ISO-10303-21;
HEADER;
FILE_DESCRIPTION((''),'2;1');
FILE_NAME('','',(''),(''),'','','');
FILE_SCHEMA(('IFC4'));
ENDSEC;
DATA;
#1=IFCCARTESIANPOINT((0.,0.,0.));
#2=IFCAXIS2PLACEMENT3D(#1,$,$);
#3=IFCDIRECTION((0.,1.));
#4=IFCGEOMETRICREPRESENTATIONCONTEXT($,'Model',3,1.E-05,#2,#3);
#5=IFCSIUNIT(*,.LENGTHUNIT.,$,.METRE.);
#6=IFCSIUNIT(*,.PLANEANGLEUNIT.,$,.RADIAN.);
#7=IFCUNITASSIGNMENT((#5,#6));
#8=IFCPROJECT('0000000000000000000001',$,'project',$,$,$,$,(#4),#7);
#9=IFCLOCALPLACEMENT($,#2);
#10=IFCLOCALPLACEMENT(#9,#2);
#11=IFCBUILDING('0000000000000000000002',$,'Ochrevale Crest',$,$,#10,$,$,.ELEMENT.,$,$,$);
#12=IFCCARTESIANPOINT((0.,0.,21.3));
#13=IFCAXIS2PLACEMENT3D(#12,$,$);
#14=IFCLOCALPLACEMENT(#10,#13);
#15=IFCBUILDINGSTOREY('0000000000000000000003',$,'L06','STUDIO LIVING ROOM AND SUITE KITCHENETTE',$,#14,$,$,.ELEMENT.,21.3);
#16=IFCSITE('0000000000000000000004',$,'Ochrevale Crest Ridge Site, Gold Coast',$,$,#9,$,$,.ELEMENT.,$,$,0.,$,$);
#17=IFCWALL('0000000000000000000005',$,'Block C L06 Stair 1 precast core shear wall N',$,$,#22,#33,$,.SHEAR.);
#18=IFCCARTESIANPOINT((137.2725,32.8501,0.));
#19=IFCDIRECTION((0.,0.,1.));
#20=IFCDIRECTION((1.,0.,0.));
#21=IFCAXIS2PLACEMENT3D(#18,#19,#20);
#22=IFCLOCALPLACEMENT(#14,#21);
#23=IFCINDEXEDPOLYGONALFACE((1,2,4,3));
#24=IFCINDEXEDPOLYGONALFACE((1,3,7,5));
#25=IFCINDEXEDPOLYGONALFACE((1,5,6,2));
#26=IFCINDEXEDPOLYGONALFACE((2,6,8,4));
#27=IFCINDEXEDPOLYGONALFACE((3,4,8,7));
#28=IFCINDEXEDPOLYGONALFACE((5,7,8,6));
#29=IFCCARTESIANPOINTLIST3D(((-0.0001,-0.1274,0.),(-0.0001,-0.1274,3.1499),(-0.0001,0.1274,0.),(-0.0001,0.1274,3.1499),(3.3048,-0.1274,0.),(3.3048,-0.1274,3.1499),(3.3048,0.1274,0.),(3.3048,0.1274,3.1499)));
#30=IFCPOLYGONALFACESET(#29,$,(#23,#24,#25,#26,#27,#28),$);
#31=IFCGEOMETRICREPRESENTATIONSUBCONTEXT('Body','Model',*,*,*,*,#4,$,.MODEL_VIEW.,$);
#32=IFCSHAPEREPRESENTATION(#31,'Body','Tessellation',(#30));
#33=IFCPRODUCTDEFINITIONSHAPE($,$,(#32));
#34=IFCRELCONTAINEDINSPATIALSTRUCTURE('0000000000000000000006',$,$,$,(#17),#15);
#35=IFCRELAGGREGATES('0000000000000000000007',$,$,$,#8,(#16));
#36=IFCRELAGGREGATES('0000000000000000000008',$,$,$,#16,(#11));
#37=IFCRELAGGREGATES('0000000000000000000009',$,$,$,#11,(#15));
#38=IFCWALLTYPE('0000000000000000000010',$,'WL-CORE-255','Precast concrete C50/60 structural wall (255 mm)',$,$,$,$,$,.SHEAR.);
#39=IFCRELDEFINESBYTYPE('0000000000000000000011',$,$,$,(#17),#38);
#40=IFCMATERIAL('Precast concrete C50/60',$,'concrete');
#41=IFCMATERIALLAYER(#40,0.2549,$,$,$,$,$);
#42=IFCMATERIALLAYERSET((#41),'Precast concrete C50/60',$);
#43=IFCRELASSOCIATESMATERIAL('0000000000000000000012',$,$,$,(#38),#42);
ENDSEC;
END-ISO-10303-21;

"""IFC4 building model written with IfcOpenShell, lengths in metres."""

from ifc_helpers import new_model, si_unit, direction, frame, frame_2d, origin, place, context, subcontext, project, spatial, rectangle, extrude, material, layer, layer_set, type_object, element, save


model = new_model("IFC4")

# Units and contexts
model_context = context("Model", 3, precision=1e-05, world=origin(), true_north=direction((0.0, 1.0)))
body_context = subcontext(model_context, "Body", "Model", "MODEL_VIEW")
ifc_project = project(units=[si_unit("LENGTHUNIT", "METRE"), si_unit("PLANEANGLEUNIT", "RADIAN")], contexts=[model_context])

# Site, building, storey
site_placement = place(None, origin())
site = spatial("IfcSite", under=ifc_project, at=site_placement, Name="Ochrevale Crest Ridge Site, Gold Coast", CompositionType="ELEMENT", RefElevation=0.0)
building_placement = place(site_placement, origin())
building = spatial("IfcBuilding", under=site, at=building_placement, Name="Ochrevale Crest", CompositionType="ELEMENT")
storey_placement = place(building_placement, frame((0.0, 0.0, 21.3)))
storey = spatial("IfcBuildingStorey", under=building, at=storey_placement, Name="L06", Description="STUDIO LIVING ROOM AND SUITE KITCHENETTE", CompositionType="ELEMENT", Elevation=21.3)

# Shared definitions
ifc_material_1 = material(Name="Precast concrete C50/60", Category="concrete")

# Wall
ifc_layer_1 = layer(ifc_material_1, 0.2549)
ifc_layer_set_1 = layer_set([ifc_layer_1], Name="Precast concrete C50/60")
wall_type_1 = type_object("IfcWallType", Name="WL-CORE-255", Description="Precast concrete C50/60 structural wall (255 mm)", PredefinedType="SHEAR", material=ifc_layer_set_1)
wall_1_placement = place(storey_placement, frame((137.2725, 32.8501, 0.0), z_axis=(0.0, 0.0, 1.0), x_axis=(1.0, 0.0, 0.0)))
element("IfcWall", 1, at=wall_1_placement, inside=storey, type_object=wall_type_1, Name="Block C L06 Stair 1 precast core shear wall N", PredefinedType="SHEAR", context=body_context, shape_type="SweptSolid", body=[
    extrude(rectangle(XDim=3.3049, YDim=0.2549, at=frame_2d((1.6523, 0.0))), origin(), (0.0, 0.0, 1.0), 3.1499),
])

save(model, "model.ifc")
